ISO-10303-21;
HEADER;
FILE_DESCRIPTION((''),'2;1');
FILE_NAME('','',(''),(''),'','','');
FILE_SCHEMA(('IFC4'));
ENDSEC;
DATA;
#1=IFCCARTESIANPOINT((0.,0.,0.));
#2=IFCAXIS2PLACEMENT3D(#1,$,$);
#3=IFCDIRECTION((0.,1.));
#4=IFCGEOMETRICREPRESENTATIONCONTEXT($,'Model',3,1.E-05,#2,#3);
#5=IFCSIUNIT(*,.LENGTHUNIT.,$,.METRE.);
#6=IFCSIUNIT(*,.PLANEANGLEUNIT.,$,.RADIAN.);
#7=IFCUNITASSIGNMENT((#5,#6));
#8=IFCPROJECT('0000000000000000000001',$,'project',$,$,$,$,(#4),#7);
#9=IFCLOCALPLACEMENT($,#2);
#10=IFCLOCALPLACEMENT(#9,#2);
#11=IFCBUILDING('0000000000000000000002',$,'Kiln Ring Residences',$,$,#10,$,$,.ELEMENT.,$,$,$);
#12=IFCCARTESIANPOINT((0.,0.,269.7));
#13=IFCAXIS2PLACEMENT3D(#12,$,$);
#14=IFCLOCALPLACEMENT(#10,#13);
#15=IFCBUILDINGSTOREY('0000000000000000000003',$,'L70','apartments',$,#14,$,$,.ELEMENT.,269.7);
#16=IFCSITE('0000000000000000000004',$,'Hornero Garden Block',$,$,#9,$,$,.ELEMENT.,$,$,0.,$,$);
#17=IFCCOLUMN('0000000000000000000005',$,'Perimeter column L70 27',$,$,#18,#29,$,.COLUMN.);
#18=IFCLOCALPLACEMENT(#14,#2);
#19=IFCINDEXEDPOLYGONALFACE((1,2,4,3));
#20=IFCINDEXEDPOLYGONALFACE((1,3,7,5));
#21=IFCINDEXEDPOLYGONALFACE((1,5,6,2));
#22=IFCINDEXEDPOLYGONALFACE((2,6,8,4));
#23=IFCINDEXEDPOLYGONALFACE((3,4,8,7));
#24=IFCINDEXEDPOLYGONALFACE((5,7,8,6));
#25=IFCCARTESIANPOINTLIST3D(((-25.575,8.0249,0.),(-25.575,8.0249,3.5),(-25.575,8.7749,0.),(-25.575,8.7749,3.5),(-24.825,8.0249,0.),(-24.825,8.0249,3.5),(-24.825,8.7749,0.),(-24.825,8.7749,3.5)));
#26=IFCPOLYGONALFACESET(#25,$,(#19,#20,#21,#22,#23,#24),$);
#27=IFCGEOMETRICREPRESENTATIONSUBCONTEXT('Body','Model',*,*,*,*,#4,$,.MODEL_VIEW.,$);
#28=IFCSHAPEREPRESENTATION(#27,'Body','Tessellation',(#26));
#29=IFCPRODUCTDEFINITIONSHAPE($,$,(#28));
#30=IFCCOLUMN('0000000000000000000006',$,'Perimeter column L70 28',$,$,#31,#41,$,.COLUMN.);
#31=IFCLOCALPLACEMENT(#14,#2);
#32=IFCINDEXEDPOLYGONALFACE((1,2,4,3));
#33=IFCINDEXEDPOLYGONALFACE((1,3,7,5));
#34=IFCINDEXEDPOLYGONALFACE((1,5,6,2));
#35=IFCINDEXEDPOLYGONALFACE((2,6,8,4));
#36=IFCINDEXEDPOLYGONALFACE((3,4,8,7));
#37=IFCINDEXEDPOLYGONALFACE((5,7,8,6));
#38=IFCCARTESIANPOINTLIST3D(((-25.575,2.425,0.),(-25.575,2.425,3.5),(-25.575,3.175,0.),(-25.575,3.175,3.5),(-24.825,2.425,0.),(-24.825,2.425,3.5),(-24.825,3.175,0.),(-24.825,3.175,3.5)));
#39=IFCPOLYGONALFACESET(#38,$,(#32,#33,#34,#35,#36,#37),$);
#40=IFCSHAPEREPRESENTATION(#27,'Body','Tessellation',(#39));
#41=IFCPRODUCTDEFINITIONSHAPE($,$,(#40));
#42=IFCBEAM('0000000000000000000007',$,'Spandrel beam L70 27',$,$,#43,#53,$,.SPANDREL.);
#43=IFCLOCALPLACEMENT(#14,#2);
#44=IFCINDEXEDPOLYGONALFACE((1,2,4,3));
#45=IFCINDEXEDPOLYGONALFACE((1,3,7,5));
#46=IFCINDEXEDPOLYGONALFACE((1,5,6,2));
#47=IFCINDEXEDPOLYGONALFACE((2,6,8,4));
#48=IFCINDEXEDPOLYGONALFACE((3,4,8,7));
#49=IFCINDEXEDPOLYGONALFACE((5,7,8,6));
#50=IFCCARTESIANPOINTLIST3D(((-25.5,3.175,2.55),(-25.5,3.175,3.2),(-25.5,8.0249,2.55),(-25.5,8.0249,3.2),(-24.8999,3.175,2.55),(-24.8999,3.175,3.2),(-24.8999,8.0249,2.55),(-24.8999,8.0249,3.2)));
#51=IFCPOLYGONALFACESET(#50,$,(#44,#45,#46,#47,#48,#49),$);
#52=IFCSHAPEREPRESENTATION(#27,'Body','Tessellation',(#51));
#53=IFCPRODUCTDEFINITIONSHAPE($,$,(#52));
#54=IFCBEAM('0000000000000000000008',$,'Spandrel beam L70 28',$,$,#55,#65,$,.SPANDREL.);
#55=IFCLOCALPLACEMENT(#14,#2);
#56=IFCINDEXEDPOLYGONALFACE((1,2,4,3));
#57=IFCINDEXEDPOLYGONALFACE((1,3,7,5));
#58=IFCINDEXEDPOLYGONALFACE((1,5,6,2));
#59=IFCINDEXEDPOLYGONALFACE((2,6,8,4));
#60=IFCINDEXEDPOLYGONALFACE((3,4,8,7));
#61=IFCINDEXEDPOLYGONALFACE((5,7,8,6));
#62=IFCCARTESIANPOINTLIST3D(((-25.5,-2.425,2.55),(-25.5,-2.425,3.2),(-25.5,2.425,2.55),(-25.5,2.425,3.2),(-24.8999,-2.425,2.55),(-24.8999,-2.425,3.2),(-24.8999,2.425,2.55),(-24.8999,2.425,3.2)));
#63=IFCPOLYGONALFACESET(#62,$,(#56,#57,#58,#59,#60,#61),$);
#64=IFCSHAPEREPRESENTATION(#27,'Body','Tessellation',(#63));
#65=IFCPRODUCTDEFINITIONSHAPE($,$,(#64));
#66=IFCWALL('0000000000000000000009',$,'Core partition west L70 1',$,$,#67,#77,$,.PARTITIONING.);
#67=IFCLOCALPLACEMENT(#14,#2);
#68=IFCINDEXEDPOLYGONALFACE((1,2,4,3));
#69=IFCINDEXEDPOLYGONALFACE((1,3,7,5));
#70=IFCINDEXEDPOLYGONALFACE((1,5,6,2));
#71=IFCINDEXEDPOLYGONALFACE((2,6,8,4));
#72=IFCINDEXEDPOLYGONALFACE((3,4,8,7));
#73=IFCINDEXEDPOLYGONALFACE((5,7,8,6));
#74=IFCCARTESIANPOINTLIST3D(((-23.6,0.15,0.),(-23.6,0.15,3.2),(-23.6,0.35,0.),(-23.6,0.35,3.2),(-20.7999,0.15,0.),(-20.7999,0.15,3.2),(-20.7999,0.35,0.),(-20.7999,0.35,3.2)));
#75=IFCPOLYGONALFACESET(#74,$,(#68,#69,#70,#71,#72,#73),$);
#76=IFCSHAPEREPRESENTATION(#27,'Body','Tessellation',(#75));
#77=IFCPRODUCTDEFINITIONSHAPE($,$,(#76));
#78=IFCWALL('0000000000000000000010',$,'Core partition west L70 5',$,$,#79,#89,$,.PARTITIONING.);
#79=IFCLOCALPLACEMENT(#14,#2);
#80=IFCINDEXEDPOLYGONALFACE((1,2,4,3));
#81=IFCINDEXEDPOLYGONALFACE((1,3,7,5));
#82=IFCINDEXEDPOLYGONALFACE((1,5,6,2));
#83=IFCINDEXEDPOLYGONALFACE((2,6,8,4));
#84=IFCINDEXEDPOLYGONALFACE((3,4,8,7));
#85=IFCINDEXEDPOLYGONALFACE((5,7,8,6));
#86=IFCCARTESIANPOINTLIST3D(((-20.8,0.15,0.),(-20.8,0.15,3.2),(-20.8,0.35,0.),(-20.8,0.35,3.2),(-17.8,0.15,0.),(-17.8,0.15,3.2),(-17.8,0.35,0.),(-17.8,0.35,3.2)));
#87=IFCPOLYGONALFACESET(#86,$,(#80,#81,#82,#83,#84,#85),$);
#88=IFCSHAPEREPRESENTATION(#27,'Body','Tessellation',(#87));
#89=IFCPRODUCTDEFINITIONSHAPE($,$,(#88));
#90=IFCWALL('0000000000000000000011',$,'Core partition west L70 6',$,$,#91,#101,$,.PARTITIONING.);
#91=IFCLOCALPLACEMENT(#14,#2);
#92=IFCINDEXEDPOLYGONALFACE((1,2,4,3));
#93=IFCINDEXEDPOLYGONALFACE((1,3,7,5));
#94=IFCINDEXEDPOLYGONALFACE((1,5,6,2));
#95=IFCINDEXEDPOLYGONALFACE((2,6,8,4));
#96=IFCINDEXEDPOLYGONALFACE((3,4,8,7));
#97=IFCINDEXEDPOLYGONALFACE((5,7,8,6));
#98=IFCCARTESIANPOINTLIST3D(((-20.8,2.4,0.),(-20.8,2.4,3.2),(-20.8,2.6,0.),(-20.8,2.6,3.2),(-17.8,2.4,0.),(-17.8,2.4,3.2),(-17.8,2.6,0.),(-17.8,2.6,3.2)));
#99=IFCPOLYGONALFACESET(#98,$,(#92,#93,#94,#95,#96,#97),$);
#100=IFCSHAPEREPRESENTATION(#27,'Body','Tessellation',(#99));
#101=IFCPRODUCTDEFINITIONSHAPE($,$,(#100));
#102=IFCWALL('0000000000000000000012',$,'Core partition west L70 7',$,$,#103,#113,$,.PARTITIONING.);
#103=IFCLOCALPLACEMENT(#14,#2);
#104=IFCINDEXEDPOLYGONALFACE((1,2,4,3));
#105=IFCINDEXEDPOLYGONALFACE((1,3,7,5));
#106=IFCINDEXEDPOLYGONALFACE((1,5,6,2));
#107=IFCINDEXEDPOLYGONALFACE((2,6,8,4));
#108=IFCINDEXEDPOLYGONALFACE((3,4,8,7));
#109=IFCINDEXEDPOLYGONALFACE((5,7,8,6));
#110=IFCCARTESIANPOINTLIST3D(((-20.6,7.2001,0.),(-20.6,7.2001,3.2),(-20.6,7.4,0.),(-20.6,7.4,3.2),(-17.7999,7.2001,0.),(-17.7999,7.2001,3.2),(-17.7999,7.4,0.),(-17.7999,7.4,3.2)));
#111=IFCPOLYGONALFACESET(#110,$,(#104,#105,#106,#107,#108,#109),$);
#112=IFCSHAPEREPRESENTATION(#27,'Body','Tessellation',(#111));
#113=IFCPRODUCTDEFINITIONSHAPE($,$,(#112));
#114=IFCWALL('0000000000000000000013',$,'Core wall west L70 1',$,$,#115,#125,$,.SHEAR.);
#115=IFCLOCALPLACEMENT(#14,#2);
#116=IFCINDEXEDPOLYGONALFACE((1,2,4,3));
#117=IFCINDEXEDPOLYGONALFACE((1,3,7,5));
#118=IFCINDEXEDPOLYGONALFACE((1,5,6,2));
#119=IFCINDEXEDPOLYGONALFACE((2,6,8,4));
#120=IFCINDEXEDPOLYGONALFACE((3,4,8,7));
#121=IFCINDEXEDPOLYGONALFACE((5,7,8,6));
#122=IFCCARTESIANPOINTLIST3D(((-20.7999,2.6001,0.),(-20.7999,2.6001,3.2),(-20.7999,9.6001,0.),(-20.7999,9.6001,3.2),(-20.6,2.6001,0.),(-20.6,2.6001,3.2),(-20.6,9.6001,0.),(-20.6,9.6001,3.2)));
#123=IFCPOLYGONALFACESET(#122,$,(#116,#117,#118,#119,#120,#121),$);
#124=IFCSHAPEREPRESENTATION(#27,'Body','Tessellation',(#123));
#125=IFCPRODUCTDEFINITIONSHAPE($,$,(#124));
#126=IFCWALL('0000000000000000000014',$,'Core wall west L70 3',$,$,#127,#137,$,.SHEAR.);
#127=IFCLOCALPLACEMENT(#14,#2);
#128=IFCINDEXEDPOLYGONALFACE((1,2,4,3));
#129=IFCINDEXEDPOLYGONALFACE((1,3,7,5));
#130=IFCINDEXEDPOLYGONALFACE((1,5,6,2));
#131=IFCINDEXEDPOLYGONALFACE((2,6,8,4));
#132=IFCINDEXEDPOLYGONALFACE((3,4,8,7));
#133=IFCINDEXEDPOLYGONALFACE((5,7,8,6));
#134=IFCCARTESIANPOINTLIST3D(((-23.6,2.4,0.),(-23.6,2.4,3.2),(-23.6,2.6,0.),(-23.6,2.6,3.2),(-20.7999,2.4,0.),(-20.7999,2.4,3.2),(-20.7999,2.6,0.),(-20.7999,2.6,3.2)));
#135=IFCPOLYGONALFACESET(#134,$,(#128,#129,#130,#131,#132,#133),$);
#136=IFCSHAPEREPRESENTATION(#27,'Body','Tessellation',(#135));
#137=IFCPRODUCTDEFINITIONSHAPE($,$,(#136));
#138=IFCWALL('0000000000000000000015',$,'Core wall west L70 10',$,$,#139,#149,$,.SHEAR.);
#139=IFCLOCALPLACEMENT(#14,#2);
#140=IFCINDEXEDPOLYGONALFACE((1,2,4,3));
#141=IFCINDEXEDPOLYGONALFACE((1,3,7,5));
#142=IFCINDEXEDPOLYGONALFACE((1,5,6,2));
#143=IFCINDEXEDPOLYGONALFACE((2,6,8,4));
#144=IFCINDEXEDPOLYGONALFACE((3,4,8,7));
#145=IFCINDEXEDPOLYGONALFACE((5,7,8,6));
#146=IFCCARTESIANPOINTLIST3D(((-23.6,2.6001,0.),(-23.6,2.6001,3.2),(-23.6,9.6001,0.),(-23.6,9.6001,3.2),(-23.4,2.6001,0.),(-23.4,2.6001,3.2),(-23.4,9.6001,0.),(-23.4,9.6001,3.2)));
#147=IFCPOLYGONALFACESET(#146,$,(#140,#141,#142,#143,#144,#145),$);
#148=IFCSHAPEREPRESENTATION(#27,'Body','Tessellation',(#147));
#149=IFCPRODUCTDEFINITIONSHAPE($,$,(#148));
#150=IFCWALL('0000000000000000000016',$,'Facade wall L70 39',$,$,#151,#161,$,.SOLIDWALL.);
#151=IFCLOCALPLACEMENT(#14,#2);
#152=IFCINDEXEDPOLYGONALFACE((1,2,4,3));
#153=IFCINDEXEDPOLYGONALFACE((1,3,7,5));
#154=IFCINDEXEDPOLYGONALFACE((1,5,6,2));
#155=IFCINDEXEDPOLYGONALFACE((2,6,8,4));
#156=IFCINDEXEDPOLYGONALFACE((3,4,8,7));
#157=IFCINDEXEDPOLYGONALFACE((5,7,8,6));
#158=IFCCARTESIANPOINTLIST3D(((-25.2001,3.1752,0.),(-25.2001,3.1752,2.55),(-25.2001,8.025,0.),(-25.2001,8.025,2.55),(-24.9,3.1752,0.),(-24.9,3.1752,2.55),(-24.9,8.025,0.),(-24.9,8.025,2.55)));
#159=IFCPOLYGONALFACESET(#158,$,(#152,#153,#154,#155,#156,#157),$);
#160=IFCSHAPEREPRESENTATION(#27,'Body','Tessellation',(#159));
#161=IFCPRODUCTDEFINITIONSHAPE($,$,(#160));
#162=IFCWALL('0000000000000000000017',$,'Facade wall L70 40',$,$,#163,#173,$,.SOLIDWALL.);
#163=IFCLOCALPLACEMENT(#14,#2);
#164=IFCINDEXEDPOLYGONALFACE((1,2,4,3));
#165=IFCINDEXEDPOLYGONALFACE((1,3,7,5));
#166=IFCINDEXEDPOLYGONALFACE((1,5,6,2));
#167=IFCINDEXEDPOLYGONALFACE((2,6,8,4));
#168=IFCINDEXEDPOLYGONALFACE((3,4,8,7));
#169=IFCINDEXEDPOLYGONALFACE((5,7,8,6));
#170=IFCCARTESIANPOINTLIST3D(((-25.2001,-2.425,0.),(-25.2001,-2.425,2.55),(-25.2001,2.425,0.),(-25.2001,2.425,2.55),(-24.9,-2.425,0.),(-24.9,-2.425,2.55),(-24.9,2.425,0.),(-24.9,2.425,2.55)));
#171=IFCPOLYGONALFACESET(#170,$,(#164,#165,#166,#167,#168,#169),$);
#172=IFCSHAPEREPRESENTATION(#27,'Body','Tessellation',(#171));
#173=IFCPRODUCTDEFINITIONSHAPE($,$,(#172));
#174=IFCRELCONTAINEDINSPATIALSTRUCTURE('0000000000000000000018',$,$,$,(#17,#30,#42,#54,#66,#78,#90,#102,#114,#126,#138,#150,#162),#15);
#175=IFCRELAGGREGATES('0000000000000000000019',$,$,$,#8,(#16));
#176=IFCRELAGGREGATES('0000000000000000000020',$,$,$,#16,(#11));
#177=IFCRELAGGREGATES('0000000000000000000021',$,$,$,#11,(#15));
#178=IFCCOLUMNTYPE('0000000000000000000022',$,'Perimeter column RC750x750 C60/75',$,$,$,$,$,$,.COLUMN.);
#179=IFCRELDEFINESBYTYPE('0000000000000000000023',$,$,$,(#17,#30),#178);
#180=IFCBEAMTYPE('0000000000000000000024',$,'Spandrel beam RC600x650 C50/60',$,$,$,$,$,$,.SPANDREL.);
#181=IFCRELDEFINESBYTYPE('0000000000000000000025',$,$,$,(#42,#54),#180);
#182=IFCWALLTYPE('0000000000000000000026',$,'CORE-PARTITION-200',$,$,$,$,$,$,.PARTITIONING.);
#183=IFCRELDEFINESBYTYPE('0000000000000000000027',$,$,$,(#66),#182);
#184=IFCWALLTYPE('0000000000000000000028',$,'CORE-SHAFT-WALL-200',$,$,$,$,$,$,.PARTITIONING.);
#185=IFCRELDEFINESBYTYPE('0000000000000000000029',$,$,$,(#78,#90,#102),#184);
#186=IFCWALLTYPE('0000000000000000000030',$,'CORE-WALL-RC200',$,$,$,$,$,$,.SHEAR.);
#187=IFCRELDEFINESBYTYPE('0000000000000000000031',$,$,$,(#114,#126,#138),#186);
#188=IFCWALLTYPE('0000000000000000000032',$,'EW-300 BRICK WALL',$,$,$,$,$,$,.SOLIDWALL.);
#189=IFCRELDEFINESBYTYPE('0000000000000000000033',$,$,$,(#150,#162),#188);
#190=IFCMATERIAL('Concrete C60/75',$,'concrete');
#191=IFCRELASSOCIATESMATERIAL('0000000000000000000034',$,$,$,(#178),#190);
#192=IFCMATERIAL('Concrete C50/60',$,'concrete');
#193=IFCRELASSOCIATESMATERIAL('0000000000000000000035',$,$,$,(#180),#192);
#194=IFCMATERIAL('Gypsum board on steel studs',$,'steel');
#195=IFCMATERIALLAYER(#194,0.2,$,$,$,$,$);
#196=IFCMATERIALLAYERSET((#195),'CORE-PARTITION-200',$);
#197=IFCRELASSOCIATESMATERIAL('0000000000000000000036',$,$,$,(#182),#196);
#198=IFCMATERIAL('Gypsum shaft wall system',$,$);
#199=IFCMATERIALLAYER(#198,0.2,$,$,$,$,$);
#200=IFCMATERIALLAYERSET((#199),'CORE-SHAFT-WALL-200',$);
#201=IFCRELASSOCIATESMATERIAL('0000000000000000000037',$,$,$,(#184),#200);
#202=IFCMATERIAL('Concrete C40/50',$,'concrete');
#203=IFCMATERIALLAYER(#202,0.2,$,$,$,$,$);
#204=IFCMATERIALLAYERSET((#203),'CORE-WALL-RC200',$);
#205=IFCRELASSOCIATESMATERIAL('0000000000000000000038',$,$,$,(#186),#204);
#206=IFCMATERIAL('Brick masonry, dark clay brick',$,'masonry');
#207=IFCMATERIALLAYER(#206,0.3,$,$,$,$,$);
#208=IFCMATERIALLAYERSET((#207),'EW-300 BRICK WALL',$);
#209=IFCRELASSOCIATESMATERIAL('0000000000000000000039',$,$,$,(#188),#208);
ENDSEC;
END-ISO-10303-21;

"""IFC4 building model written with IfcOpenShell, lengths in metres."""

from ifc_helpers import new_model, si_unit, direction, frame, frame_2d, origin, origin_2d, place, context, subcontext, project, spatial, rectangle, extrude, material, layer, layer_set, material_profile, profile_set, type_object, element, save


model = new_model("IFC4")

# Units and contexts
model_context = context("Model", 3, precision=1e-05, world=origin(), true_north=direction((0.0, 1.0)))
body_context = subcontext(model_context, "Body", "Model", "MODEL_VIEW")
ifc_project = project(units=[si_unit("LENGTHUNIT", "METRE"), si_unit("PLANEANGLEUNIT", "RADIAN")], contexts=[model_context])

# Site, building, storey
site_placement = place(None, origin())
site = spatial("IfcSite", under=ifc_project, at=site_placement, Name="Hornero Garden Block", CompositionType="ELEMENT", RefElevation=0.0)
building_placement = place(site_placement, origin())
building = spatial("IfcBuilding", under=site, at=building_placement, Name="Kiln Ring Residences", CompositionType="ELEMENT")
storey_placement = place(building_placement, frame((0.0, 0.0, 269.7)))
storey = spatial("IfcBuildingStorey", under=building, at=storey_placement, Name="L70", Description="apartments", CompositionType="ELEMENT", Elevation=269.7)

# Columns
ifc_material_1 = material(Name="Concrete C60/75", Category="concrete")
ifc_material_profile_1 = material_profile(ifc_material_1, rectangle(XDim=0.75, YDim=0.75, at=origin_2d()), Name="RC750x750")
ifc_profile_set_1 = profile_set([ifc_material_profile_1], Name="Concrete C60/75")
column_type = type_object("IfcColumnType", Name="Perimeter column RC750x750 C60/75", PredefinedType="COLUMN", material=ifc_profile_set_1)
for number, where, z_axis, x_axis, name in (
    (1, (-25.2, 8.3999, 0.0), (0.0, 0.0, 1.0), (1.0, 0.0, 0.0), "Perimeter column L70 27"),
    (2, (-25.2, 2.8, 0.0), (0.0, 0.0, 1.0), (1.0, 0.0, 0.0), "Perimeter column L70 28"),
):
    element("IfcColumn", number, at=place(storey_placement, frame(where, z_axis=z_axis, x_axis=x_axis)), inside=storey, type_object=column_type, Name=name, PredefinedType="COLUMN", context=body_context, shape_type="SweptSolid", body=[
        extrude(rectangle(XDim=0.75, YDim=0.75, at=origin_2d()), origin(), (0.0, 0.0, 1.0), 3.5),
    ])

# Beams
ifc_material_2 = material(Name="Concrete C50/60", Category="concrete")
ifc_material_profile_2 = material_profile(ifc_material_2, rectangle(XDim=0.6001, YDim=0.6499, at=origin_2d()), Name="RC600x650")
ifc_profile_set_2 = profile_set([ifc_material_profile_2], Name="Concrete C50/60")
beam_type = type_object("IfcBeamType", Name="Spandrel beam RC600x650 C50/60", PredefinedType="SPANDREL", material=ifc_profile_set_2)
beam_1_placement = place(storey_placement, frame((-25.2, 8.0249, 2.875), z_axis=(0.0, -1.0, 0.0), x_axis=(1.0, 0.0, 0.0)))
element("IfcBeam", 3, at=beam_1_placement, inside=storey, type_object=beam_type, Name="Spandrel beam L70 27", PredefinedType="SPANDREL", context=body_context, shape_type="SweptSolid", body=[
    extrude(rectangle(XDim=0.6001, YDim=0.6499, at=origin_2d()), origin(), (0.0, 0.0, 1.0), 4.8499),
])
beam_2_placement = place(storey_placement, frame((-25.2, 2.425, 2.875), z_axis=(0.0, -1.0, 0.0), x_axis=(1.0, 0.0, 0.0)))
element("IfcBeam", 4, at=beam_2_placement, inside=storey, type_object=beam_type, Name="Spandrel beam L70 28", PredefinedType="SPANDREL", context=body_context, shape_type="SweptSolid", body=[
    extrude(rectangle(XDim=0.6001, YDim=0.6499, at=origin_2d()), origin(), (0.0, 0.0, 1.0), 4.8501),
])

# Walls
ifc_material_3 = material(Name="Gypsum board on steel studs", Category="steel")
ifc_layer_1 = layer(ifc_material_3, 0.2)
ifc_layer_set_1 = layer_set([ifc_layer_1], Name="CORE-PARTITION-200")
wall_type_1 = type_object("IfcWallType", Name="CORE-PARTITION-200", PredefinedType="PARTITIONING", material=ifc_layer_set_1)
wall_1_placement = place(storey_placement, frame((-20.8, 0.25, 0.0), z_axis=(0.0, 0.0, 1.0), x_axis=(-1.0, 0.0, 0.0)))
element("IfcWall", 5, at=wall_1_placement, inside=storey, type_object=wall_type_1, Name="Core partition west L70 1", PredefinedType="PARTITIONING", context=body_context, shape_type="SweptSolid", body=[
    extrude(rectangle(XDim=2.8, YDim=0.2, at=frame_2d((1.3999, 0.0))), origin(), (0.0, 0.0, 1.0), 3.2),
])
ifc_material_4 = material(Name="Gypsum shaft wall system")
ifc_layer_2 = layer(ifc_material_4, 0.2)
ifc_layer_set_2 = layer_set([ifc_layer_2], Name="CORE-SHAFT-WALL-200")
wall_type_2 = type_object("IfcWallType", Name="CORE-SHAFT-WALL-200", PredefinedType="PARTITIONING", material=ifc_layer_set_2)
for number, where, z_axis, x_axis, name in (
    (6, (-17.8, 0.25, 0.0), (0.0, 0.0, 1.0), (-1.0, 0.0, 0.0), "Core partition west L70 5"),
    (7, (-17.8, 2.5, 0.0), (0.0, 0.0, 1.0), (-1.0, 0.0, 0.0), "Core partition west L70 6"),
):
    element("IfcWall", number, at=place(storey_placement, frame(where, z_axis=z_axis, x_axis=x_axis)), inside=storey, type_object=wall_type_2, Name=name, PredefinedType="PARTITIONING", context=body_context, shape_type="SweptSolid", body=[
        extrude(rectangle(XDim=3.0, YDim=0.2, at=frame_2d((1.5, 0.0))), origin(), (0.0, 0.0, 1.0), 3.2),
    ])
wall_2_placement = place(storey_placement, frame((-17.8, 7.3, 0.0), z_axis=(0.0, 0.0, 1.0), x_axis=(-1.0, 0.0, 0.0)))
element("IfcWall", 8, at=wall_2_placement, inside=storey, type_object=wall_type_2, Name="Core partition west L70 7", PredefinedType="PARTITIONING", context=body_context, shape_type="SweptSolid", body=[
    extrude(rectangle(XDim=2.8, YDim=0.2, at=frame_2d((1.3999, 0.0))), origin(), (0.0, 0.0, 1.0), 3.2),
])
ifc_material_5 = material(Name="Concrete C40/50", Category="concrete")
ifc_layer_3 = layer(ifc_material_5, 0.2)
ifc_layer_set_3 = layer_set([ifc_layer_3], Name="CORE-WALL-RC200")
wall_type_3 = type_object("IfcWallType", Name="CORE-WALL-RC200", PredefinedType="SHEAR", material=ifc_layer_set_3)
wall_3_placement = place(storey_placement, frame((-20.7, 2.6001, 0.0), z_axis=(0.0, 0.0, 1.0), x_axis=(0.0, 1.0, 0.0)))
element("IfcWall", 9, at=wall_3_placement, inside=storey, type_object=wall_type_3, Name="Core wall west L70 1", PredefinedType="SHEAR", context=body_context, shape_type="SweptSolid", body=[
    extrude(rectangle(XDim=7.0, YDim=0.2, at=frame_2d((3.5, 0.0))), origin(), (0.0, 0.0, 1.0), 3.2),
])
wall_4_placement = place(storey_placement, frame((-20.8, 2.5, 0.0), z_axis=(0.0, 0.0, 1.0), x_axis=(-1.0, 0.0, 0.0)))
element("IfcWall", 10, at=wall_4_placement, inside=storey, type_object=wall_type_3, Name="Core wall west L70 3", PredefinedType="SHEAR", context=body_context, shape_type="SweptSolid", body=[
    extrude(rectangle(XDim=2.8, YDim=0.2, at=frame_2d((1.3999, 0.0))), origin(), (0.0, 0.0, 1.0), 3.2),
])
wall_5_placement = place(storey_placement, frame((-23.5, 2.6001, 0.0), z_axis=(0.0, 0.0, 1.0), x_axis=(0.0, 1.0, 0.0)))
element("IfcWall", 11, at=wall_5_placement, inside=storey, type_object=wall_type_3, Name="Core wall west L70 10", PredefinedType="SHEAR", context=body_context, shape_type="SweptSolid", body=[
    extrude(rectangle(XDim=7.0, YDim=0.2, at=frame_2d((3.5, 0.0))), origin(), (0.0, 0.0, 1.0), 3.2),
])
ifc_material_6 = material(Name="Brick masonry, dark clay brick", Category="masonry")
ifc_layer_4 = layer(ifc_material_6, 0.3)
ifc_layer_set_4 = layer_set([ifc_layer_4], Name="EW-300 BRICK WALL")
wall_type_4 = type_object("IfcWallType", Name="EW-300 BRICK WALL", PredefinedType="SOLIDWALL", material=ifc_layer_set_4)
wall_6_placement = place(storey_placement, frame((-25.05, 8.0249, 0.0), z_axis=(0.0, 0.0, 1.0), x_axis=(0.0, -1.0, 0.0)))
element("IfcWall", 12, at=wall_6_placement, inside=storey, type_object=wall_type_4, Name="Facade wall L70 39", PredefinedType="SOLIDWALL", context=body_context, shape_type="SweptSolid", body=[
    extrude(rectangle(XDim=4.8499, YDim=0.3, at=frame_2d((2.4248, 0.0))), origin(), (0.0, 0.0, 1.0), 2.55),
])
wall_7_placement = place(storey_placement, frame((-25.05, 2.425, 0.0), z_axis=(0.0, 0.0, 1.0), x_axis=(0.0, -1.0, 0.0)))
element("IfcWall", 13, at=wall_7_placement, inside=storey, type_object=wall_type_4, Name="Facade wall L70 40", PredefinedType="SOLIDWALL", context=body_context, shape_type="SweptSolid", body=[
    extrude(rectangle(XDim=4.8501, YDim=0.3, at=frame_2d((2.425, 0.0))), origin(), (0.0, 0.0, 1.0), 2.55),
])

save(model, "model.ifc")
